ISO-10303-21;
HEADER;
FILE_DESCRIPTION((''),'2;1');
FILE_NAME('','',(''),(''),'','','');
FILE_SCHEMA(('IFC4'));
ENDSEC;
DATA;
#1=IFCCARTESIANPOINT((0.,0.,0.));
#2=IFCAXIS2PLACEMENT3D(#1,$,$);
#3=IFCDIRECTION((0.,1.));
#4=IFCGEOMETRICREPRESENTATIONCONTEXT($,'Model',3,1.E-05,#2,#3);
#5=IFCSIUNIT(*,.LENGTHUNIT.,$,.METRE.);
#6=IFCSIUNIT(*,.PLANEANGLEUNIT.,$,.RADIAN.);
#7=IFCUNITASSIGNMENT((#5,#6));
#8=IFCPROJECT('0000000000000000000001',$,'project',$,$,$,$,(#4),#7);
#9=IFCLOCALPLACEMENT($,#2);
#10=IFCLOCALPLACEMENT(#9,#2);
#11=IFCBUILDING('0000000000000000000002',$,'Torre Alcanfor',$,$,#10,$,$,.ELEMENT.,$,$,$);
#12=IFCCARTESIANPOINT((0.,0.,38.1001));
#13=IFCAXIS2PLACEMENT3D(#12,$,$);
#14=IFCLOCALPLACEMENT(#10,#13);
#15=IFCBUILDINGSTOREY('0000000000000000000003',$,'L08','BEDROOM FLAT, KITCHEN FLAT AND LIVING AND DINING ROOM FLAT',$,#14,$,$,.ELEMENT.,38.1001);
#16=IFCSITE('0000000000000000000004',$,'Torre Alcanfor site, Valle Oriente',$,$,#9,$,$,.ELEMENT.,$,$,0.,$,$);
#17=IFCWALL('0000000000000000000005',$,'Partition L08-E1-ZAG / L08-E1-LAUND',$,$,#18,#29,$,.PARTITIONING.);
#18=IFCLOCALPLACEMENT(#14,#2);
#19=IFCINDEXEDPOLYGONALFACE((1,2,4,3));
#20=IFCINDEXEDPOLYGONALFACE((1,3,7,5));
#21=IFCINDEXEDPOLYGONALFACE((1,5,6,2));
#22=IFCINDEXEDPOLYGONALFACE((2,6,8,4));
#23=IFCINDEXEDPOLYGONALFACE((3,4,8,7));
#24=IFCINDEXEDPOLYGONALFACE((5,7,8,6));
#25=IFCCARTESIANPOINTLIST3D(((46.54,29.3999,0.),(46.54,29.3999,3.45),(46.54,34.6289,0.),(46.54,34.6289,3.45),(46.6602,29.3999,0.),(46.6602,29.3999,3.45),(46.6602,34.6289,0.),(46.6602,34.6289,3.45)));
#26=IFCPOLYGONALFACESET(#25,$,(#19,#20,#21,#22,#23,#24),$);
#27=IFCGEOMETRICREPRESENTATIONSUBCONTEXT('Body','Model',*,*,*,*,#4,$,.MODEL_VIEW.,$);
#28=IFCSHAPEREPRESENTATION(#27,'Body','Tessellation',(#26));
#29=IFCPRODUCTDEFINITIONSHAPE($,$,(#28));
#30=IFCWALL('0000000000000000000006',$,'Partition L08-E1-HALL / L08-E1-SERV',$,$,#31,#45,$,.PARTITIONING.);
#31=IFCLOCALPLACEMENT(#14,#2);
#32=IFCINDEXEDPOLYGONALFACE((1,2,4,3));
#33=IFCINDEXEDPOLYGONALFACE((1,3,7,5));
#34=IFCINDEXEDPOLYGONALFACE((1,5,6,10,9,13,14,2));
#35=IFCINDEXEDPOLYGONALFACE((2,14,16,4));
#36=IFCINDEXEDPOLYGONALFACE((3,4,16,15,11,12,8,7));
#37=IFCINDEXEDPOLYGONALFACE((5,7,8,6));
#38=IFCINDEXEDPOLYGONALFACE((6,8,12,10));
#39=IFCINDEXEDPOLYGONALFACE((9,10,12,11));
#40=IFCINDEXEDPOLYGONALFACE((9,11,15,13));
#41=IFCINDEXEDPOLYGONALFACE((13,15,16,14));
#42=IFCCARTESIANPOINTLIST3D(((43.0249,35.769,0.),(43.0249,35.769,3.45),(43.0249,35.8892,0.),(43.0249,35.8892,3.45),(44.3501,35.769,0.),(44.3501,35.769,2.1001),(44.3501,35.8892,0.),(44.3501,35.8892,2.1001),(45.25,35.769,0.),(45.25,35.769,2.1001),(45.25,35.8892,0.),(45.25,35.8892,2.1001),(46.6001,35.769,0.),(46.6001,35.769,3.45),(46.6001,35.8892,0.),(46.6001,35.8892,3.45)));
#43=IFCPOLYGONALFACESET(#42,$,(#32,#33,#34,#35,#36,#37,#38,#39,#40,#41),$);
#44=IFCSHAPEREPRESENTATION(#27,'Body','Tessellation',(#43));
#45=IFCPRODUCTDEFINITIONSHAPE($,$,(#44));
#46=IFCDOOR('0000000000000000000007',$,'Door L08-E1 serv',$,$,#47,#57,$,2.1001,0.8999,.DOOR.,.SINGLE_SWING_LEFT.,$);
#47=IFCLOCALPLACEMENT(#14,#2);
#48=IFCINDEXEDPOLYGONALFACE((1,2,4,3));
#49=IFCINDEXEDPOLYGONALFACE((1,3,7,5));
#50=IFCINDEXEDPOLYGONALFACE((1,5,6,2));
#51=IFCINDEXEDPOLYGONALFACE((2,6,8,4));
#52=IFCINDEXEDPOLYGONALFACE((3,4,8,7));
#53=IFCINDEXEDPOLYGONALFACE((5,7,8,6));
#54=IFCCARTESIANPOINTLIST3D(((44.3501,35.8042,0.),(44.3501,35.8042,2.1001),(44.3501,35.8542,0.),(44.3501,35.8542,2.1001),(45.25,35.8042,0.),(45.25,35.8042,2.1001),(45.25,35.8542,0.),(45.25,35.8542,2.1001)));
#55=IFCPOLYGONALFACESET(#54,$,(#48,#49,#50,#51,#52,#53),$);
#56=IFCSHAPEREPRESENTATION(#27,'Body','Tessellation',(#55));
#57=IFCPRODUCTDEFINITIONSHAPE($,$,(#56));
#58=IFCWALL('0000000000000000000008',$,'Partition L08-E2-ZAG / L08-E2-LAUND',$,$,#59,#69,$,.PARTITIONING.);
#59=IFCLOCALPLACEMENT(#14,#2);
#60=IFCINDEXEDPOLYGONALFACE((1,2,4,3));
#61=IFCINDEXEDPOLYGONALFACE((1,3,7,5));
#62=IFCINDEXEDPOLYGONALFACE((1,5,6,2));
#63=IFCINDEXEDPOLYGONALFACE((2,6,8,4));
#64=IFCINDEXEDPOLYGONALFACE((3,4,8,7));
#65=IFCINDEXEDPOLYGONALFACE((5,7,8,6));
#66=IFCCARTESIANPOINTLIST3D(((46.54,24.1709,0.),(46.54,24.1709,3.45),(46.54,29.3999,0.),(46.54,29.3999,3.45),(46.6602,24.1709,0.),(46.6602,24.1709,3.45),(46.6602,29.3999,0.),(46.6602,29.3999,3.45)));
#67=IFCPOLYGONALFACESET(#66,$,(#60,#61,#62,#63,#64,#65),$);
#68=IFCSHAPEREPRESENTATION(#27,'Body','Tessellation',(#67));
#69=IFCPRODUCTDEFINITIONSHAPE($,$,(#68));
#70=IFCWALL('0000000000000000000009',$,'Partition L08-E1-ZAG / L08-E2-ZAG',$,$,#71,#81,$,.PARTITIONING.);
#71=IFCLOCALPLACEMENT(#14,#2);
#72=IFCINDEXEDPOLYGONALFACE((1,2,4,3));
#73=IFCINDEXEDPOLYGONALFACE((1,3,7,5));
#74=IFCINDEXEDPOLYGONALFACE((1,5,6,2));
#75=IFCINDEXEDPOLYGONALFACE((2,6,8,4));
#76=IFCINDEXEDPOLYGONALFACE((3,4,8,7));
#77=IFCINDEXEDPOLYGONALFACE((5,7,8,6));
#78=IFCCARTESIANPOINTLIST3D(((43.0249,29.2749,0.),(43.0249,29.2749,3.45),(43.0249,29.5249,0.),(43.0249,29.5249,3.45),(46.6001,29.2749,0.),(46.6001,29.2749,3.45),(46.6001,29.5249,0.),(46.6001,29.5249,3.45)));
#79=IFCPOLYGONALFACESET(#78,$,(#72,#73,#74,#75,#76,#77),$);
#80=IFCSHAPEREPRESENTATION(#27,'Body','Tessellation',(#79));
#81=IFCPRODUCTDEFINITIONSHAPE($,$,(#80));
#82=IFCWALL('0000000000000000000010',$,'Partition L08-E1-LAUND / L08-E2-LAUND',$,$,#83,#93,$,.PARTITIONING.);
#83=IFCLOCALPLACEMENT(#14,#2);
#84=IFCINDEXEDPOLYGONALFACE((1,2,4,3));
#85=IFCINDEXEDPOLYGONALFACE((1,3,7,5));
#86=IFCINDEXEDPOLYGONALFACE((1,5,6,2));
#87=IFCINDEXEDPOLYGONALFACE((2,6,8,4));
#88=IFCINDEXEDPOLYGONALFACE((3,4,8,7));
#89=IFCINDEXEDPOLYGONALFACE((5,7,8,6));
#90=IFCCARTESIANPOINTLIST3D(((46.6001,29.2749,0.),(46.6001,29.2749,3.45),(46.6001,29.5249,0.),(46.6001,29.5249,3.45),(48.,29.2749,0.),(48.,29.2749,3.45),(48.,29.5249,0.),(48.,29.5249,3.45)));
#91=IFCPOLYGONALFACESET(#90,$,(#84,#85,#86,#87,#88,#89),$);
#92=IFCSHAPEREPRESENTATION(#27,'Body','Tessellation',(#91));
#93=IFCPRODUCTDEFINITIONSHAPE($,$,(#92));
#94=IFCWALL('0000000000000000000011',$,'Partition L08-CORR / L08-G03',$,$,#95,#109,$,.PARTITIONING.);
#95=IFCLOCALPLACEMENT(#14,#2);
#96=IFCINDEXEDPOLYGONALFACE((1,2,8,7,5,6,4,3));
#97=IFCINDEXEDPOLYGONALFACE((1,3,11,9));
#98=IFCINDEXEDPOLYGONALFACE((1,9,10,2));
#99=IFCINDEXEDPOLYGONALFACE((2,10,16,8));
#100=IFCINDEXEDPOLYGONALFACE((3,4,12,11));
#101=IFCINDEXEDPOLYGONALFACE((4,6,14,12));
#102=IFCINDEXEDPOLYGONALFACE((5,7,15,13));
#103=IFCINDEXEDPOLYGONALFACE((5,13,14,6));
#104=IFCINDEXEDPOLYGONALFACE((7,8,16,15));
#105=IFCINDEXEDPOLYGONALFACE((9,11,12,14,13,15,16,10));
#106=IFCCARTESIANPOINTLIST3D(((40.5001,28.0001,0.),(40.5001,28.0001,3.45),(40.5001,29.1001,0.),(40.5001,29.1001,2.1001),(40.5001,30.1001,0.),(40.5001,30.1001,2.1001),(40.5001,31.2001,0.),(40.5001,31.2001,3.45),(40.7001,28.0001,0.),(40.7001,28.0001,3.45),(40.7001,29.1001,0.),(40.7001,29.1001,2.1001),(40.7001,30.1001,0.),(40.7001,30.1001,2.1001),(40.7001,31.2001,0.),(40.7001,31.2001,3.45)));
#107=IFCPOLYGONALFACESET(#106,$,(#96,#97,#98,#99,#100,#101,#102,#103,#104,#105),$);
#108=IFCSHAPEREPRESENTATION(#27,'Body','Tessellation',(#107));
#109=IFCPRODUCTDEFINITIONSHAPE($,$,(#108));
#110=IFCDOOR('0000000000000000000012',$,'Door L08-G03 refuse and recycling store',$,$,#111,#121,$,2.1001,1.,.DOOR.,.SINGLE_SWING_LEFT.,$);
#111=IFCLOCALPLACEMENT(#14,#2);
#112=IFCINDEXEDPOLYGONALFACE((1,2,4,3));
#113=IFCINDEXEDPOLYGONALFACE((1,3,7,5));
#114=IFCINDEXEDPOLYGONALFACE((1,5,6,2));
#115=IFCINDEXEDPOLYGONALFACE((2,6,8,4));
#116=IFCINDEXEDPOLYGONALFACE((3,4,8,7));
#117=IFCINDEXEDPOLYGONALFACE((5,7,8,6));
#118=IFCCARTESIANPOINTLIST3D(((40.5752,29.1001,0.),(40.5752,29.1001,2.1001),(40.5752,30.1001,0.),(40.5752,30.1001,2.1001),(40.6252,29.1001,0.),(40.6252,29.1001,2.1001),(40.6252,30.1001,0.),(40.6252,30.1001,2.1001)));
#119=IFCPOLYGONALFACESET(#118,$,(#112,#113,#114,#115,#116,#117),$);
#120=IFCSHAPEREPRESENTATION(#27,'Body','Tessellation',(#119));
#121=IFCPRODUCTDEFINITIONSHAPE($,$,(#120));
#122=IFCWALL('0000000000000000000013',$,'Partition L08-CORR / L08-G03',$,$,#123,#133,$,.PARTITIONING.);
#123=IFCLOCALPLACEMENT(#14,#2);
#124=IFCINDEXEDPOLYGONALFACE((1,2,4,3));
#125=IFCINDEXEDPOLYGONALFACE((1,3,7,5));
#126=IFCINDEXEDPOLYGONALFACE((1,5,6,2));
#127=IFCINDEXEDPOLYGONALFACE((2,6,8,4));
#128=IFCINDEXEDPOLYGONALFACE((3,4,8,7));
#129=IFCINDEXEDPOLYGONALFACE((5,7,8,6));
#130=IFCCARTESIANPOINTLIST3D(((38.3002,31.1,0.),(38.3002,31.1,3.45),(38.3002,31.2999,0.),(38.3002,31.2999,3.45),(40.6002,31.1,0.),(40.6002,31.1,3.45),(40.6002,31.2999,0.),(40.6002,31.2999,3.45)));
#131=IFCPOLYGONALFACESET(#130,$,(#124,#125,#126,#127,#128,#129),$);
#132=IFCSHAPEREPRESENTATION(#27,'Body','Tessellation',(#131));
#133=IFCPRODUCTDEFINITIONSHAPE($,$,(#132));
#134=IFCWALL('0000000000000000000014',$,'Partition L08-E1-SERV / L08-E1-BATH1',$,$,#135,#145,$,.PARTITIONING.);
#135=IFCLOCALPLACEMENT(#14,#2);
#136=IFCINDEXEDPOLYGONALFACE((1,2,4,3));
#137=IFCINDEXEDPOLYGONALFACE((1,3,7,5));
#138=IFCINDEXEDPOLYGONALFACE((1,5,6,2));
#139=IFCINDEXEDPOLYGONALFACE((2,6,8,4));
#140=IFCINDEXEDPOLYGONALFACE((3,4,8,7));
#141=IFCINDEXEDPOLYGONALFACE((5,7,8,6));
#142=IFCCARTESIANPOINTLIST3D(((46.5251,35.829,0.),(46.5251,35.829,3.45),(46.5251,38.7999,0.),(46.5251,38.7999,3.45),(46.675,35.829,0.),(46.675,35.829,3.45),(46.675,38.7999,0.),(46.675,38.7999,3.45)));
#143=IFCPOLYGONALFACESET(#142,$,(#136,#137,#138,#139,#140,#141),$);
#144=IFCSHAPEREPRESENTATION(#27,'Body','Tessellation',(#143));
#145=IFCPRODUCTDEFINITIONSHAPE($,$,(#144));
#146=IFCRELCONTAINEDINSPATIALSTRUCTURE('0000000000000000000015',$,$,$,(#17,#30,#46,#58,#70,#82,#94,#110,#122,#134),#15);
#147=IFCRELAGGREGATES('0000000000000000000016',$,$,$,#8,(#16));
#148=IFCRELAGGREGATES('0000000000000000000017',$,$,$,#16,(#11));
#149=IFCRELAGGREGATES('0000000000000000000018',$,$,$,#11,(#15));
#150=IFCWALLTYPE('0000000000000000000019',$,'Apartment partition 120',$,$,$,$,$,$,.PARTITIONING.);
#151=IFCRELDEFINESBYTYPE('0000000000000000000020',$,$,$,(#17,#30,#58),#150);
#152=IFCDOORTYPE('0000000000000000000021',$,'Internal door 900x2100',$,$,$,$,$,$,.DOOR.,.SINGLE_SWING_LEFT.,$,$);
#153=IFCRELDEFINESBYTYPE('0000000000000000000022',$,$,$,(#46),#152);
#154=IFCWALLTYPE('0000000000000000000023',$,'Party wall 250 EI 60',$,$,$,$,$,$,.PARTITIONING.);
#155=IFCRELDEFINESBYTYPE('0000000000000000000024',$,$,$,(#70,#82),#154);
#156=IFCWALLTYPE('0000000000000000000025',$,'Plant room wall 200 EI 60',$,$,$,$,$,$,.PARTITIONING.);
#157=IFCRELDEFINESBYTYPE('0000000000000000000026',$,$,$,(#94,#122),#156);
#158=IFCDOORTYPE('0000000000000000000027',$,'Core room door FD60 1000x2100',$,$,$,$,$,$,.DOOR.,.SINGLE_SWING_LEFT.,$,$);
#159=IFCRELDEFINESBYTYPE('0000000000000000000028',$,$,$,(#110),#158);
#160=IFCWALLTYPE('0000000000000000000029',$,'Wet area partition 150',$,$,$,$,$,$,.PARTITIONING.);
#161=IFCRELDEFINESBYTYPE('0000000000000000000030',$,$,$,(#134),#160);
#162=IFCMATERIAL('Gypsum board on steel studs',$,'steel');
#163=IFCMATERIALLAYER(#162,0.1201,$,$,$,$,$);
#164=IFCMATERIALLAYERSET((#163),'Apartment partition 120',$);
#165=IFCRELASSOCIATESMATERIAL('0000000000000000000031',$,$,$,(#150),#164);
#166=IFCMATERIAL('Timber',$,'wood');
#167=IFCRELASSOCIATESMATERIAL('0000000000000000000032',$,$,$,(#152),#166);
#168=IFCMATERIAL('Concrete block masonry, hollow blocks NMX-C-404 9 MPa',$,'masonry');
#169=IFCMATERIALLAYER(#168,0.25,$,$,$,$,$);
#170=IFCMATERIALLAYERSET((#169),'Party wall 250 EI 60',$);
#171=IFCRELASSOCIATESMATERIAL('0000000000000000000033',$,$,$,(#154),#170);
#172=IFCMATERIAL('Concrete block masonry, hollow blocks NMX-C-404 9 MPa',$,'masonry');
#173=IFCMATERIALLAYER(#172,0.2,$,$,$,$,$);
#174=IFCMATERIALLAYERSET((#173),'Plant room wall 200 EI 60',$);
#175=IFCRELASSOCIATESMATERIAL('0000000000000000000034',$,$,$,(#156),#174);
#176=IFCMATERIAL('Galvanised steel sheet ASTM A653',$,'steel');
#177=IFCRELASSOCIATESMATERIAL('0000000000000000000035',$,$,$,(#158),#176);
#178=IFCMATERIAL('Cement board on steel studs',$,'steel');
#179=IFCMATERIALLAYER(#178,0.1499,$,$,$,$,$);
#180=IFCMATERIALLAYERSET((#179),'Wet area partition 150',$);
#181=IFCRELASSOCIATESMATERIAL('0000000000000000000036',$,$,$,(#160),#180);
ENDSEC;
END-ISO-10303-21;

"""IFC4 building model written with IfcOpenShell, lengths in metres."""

from ifc_helpers import new_model, si_unit, direction, frame, frame_2d, origin, place, context, subcontext, project, spatial, rectangle, extrude, material, layer, layer_set, type_object, element, fill, save


model = new_model("IFC4")

# Units and contexts
model_context = context("Model", 3, precision=1e-05, world=origin(), true_north=direction((0.0, 1.0)))
body_context = subcontext(model_context, "Body", "Model", "MODEL_VIEW")
ifc_project = project(units=[si_unit("LENGTHUNIT", "METRE"), si_unit("PLANEANGLEUNIT", "RADIAN")], contexts=[model_context])

# Site, building, storey
site_placement = place(None, origin())
site = spatial("IfcSite", under=ifc_project, at=site_placement, Name="Torre Alcanfor site, Valle Oriente", CompositionType="ELEMENT", RefElevation=0.0)
building_placement = place(site_placement, origin())
building = spatial("IfcBuilding", under=site, at=building_placement, Name="Torre Alcanfor", CompositionType="ELEMENT")
storey_placement = place(building_placement, frame((0.0, 0.0, 38.1001)))
storey = spatial("IfcBuildingStorey", under=building, at=storey_placement, Name="L08", Description="BEDROOM FLAT, KITCHEN FLAT AND LIVING AND DINING ROOM FLAT", CompositionType="ELEMENT", Elevation=38.1001)

# Wall
ifc_material_1 = material(Name="Gypsum board on steel studs", Category="steel")
ifc_layer_1 = layer(ifc_material_1, 0.1201)
ifc_layer_set_1 = layer_set([ifc_layer_1], Name="Apartment partition 120")
wall_type_1 = type_object("IfcWallType", Name="Apartment partition 120", PredefinedType="PARTITIONING", material=ifc_layer_set_1)
wall_1_placement = place(storey_placement, frame((46.6001, 29.3999, 0.0), z_axis=(0.0, 0.0, 1.0), x_axis=(0.0, 1.0, 0.0)))
element("IfcWall", 1, at=wall_1_placement, inside=storey, type_object=wall_type_1, Name="Partition L08-E1-ZAG / L08-E1-LAUND", PredefinedType="PARTITIONING", context=body_context, shape_type="SweptSolid", body=[
    extrude(rectangle(XDim=5.229, YDim=0.1201, at=frame_2d((2.6145, 0.0))), origin(), (0.0, 0.0, 1.0), 3.45),
])

# Wall, opening, door
wall_2_placement = place(storey_placement, frame((46.6001, 35.8291, 0.0), z_axis=(0.0, 0.0, 1.0), x_axis=(-1.0, 0.0, 0.0)))
wall_2 = element("IfcWall", 2, at=wall_2_placement, inside=storey, type_object=wall_type_1, Name="Partition L08-E1-HALL / L08-E1-SERV", PredefinedType="PARTITIONING", context=body_context, shape_type="SweptSolid", body=[
    extrude(rectangle(XDim=3.5752, YDim=0.1201, at=frame_2d((1.7876, 0.0))), origin(), (0.0, 0.0, 1.0), 3.45),
])
opening_1_placement = place(wall_2_placement, frame((1.3501, 0.0, 0.0)))
opening_1 = element("IfcOpeningElement", 3, at=opening_1_placement, cuts=wall_2, PredefinedType="OPENING", context=body_context, shape_type="SweptSolid", body=[
    extrude(rectangle(XDim=0.8999, YDim=2.1001, at=frame_2d((0.45, 1.05))), frame((0.0, 0.0701, 0.0), z_axis=(0.0, -1.0, 0.0), x_axis=(1.0, 0.0, 0.0)), (0.0, 0.0, 1.0), 0.1401),
])
ifc_material_2 = material(Name="Timber", Category="wood")
door_type_1 = type_object("IfcDoorType", Name="Internal door 900x2100", OperationType="SINGLE_SWING_LEFT", PredefinedType="DOOR", material=ifc_material_2)
door_1_placement = place(opening_1_placement, frame((0.8999, 0.0, 0.0), z_axis=(0.0, 0.0, 1.0), x_axis=(-1.0, 0.0, 0.0)))
door_1 = element("IfcDoor", 4, at=door_1_placement, inside=storey, type_object=door_type_1, Name="Door L08-E1 serv", OperationType="SINGLE_SWING_LEFT", OverallHeight=2.1001, OverallWidth=0.8999, PredefinedType="DOOR", context=body_context, shape_type="SweptSolid", body=[
    extrude(rectangle(XDim=0.8999, YDim=2.1001, at=frame_2d((0.45, 1.05))), frame((0.0, 0.0251, 0.0), z_axis=(0.0, -1.0, 0.0), x_axis=(1.0, 0.0, 0.0)), (0.0, 0.0, 1.0), 0.05),
])
fill(opening_1, door_1)

# Walls
wall_3_placement = place(storey_placement, frame((46.6001, 29.3999, 0.0), z_axis=(0.0, 0.0, 1.0), x_axis=(0.0, -1.0, 0.0)))
element("IfcWall", 5, at=wall_3_placement, inside=storey, type_object=wall_type_1, Name="Partition L08-E2-ZAG / L08-E2-LAUND", PredefinedType="PARTITIONING", context=body_context, shape_type="SweptSolid", body=[
    extrude(rectangle(XDim=5.229, YDim=0.1201, at=frame_2d((2.6145, 0.0))), origin(), (0.0, 0.0, 1.0), 3.45),
])
ifc_material_3 = material(Name="Concrete block masonry, hollow blocks NMX-C-404 9 MPa", Category="masonry")
ifc_layer_2 = layer(ifc_material_3, 0.25)
ifc_layer_set_2 = layer_set([ifc_layer_2], Name="Party wall 250 EI 60")
wall_type_2 = type_object("IfcWallType", Name="Party wall 250 EI 60", PredefinedType="PARTITIONING", material=ifc_layer_set_2)
wall_4_placement = place(storey_placement, frame((43.0249, 29.3999, 0.0), z_axis=(0.0, 0.0, 1.0), x_axis=(1.0, 0.0, 0.0)))
element("IfcWall", 6, at=wall_4_placement, inside=storey, type_object=wall_type_2, Name="Partition L08-E1-ZAG / L08-E2-ZAG", PredefinedType="PARTITIONING", context=body_context, shape_type="SweptSolid", body=[
    extrude(rectangle(XDim=3.5752, YDim=0.25, at=frame_2d((1.7876, 0.0))), origin(), (0.0, 0.0, 1.0), 3.45),
])
wall_5_placement = place(storey_placement, frame((46.6001, 29.3999, 0.0), z_axis=(0.0, 0.0, 1.0), x_axis=(1.0, 0.0, 0.0)))
element("IfcWall", 7, at=wall_5_placement, inside=storey, type_object=wall_type_2, Name="Partition L08-E1-LAUND / L08-E2-LAUND", PredefinedType="PARTITIONING", context=body_context, shape_type="SweptSolid", body=[
    extrude(rectangle(XDim=1.3999, YDim=0.25, at=frame_2d((0.7, 0.0))), origin(), (0.0, 0.0, 1.0), 3.45),
])

# Wall, opening, door
ifc_material_4 = material(Name="Concrete block masonry, hollow blocks NMX-C-404 9 MPa", Category="masonry")
ifc_layer_3 = layer(ifc_material_4, 0.2)
ifc_layer_set_3 = layer_set([ifc_layer_3], Name="Plant room wall 200 EI 60")
wall_type_3 = type_object("IfcWallType", Name="Plant room wall 200 EI 60", PredefinedType="PARTITIONING", material=ifc_layer_set_3)
wall_6_placement = place(storey_placement, frame((40.6001, 28.0, 0.0), z_axis=(0.0, 0.0, 1.0), x_axis=(0.0, 1.0, 0.0)))
wall_6 = element("IfcWall", 8, at=wall_6_placement, inside=storey, type_object=wall_type_3, Name="Partition L08-CORR / L08-G03", PredefinedType="PARTITIONING", context=body_context, shape_type="SweptSolid", body=[
    extrude(rectangle(XDim=3.2, YDim=0.2, at=frame_2d((1.6001, 0.0))), origin(), (0.0, 0.0, 1.0), 3.45),
])
opening_2_placement = place(wall_6_placement, frame((1.1001, 0.0, 0.0)))
opening_2 = element("IfcOpeningElement", 9, at=opening_2_placement, cuts=wall_6, PredefinedType="OPENING", context=body_context, shape_type="SweptSolid", body=[
    extrude(rectangle(XDim=1.0, YDim=2.1001, at=frame_2d((0.5, 1.05))), frame((0.0, 0.1099, 0.0), z_axis=(0.0, -1.0, 0.0), x_axis=(1.0, 0.0, 0.0)), (0.0, 0.0, 1.0), 0.22),
])
ifc_material_5 = material(Name="Galvanised steel sheet ASTM A653", Category="steel")
door_type_2 = type_object("IfcDoorType", Name="Core room door FD60 1000x2100", OperationType="SINGLE_SWING_LEFT", PredefinedType="DOOR", material=ifc_material_5)
door_2_placement = place(opening_2_placement, origin())
door_2 = element("IfcDoor", 10, at=door_2_placement, inside=storey, type_object=door_type_2, Name="Door L08-G03 refuse and recycling store", OperationType="SINGLE_SWING_LEFT", OverallHeight=2.1001, OverallWidth=1.0, PredefinedType="DOOR", context=body_context, shape_type="SweptSolid", body=[
    extrude(rectangle(XDim=1.0, YDim=2.1001, at=frame_2d((0.5, 1.05))), frame((0.0, 0.0249, 0.0), z_axis=(0.0, -1.0, 0.0), x_axis=(1.0, 0.0, 0.0)), (0.0, 0.0, 1.0), 0.05),
])
fill(opening_2, door_2)

# Walls
wall_7_placement = place(storey_placement, frame((40.6001, 31.2, 0.0), z_axis=(0.0, 0.0, 1.0), x_axis=(-1.0, 0.0, 0.0)))
element("IfcWall", 11, at=wall_7_placement, inside=storey, type_object=wall_type_3, Name="Partition L08-CORR / L08-G03", PredefinedType="PARTITIONING", context=body_context, shape_type="SweptSolid", body=[
    extrude(rectangle(XDim=2.3, YDim=0.2, at=frame_2d((1.1499, 0.0))), origin(), (0.0, 0.0, 1.0), 3.45),
])
ifc_material_6 = material(Name="Cement board on steel studs", Category="steel")
ifc_layer_4 = layer(ifc_material_6, 0.1499)
ifc_layer_set_4 = layer_set([ifc_layer_4], Name="Wet area partition 150")
wall_type_4 = type_object("IfcWallType", Name="Wet area partition 150", PredefinedType="PARTITIONING", material=ifc_layer_set_4)
wall_8_placement = place(storey_placement, frame((46.6001, 35.8291, 0.0), z_axis=(0.0, 0.0, 1.0), x_axis=(0.0, 1.0, 0.0)))
element("IfcWall", 12, at=wall_8_placement, inside=storey, type_object=wall_type_4, Name="Partition L08-E1-SERV / L08-E1-BATH1", PredefinedType="PARTITIONING", context=body_context, shape_type="SweptSolid", body=[
    extrude(rectangle(XDim=2.9709, YDim=0.1499, at=frame_2d((1.4854, 0.0))), origin(), (0.0, 0.0, 1.0), 3.45),
])

save(model, "model.ifc")
